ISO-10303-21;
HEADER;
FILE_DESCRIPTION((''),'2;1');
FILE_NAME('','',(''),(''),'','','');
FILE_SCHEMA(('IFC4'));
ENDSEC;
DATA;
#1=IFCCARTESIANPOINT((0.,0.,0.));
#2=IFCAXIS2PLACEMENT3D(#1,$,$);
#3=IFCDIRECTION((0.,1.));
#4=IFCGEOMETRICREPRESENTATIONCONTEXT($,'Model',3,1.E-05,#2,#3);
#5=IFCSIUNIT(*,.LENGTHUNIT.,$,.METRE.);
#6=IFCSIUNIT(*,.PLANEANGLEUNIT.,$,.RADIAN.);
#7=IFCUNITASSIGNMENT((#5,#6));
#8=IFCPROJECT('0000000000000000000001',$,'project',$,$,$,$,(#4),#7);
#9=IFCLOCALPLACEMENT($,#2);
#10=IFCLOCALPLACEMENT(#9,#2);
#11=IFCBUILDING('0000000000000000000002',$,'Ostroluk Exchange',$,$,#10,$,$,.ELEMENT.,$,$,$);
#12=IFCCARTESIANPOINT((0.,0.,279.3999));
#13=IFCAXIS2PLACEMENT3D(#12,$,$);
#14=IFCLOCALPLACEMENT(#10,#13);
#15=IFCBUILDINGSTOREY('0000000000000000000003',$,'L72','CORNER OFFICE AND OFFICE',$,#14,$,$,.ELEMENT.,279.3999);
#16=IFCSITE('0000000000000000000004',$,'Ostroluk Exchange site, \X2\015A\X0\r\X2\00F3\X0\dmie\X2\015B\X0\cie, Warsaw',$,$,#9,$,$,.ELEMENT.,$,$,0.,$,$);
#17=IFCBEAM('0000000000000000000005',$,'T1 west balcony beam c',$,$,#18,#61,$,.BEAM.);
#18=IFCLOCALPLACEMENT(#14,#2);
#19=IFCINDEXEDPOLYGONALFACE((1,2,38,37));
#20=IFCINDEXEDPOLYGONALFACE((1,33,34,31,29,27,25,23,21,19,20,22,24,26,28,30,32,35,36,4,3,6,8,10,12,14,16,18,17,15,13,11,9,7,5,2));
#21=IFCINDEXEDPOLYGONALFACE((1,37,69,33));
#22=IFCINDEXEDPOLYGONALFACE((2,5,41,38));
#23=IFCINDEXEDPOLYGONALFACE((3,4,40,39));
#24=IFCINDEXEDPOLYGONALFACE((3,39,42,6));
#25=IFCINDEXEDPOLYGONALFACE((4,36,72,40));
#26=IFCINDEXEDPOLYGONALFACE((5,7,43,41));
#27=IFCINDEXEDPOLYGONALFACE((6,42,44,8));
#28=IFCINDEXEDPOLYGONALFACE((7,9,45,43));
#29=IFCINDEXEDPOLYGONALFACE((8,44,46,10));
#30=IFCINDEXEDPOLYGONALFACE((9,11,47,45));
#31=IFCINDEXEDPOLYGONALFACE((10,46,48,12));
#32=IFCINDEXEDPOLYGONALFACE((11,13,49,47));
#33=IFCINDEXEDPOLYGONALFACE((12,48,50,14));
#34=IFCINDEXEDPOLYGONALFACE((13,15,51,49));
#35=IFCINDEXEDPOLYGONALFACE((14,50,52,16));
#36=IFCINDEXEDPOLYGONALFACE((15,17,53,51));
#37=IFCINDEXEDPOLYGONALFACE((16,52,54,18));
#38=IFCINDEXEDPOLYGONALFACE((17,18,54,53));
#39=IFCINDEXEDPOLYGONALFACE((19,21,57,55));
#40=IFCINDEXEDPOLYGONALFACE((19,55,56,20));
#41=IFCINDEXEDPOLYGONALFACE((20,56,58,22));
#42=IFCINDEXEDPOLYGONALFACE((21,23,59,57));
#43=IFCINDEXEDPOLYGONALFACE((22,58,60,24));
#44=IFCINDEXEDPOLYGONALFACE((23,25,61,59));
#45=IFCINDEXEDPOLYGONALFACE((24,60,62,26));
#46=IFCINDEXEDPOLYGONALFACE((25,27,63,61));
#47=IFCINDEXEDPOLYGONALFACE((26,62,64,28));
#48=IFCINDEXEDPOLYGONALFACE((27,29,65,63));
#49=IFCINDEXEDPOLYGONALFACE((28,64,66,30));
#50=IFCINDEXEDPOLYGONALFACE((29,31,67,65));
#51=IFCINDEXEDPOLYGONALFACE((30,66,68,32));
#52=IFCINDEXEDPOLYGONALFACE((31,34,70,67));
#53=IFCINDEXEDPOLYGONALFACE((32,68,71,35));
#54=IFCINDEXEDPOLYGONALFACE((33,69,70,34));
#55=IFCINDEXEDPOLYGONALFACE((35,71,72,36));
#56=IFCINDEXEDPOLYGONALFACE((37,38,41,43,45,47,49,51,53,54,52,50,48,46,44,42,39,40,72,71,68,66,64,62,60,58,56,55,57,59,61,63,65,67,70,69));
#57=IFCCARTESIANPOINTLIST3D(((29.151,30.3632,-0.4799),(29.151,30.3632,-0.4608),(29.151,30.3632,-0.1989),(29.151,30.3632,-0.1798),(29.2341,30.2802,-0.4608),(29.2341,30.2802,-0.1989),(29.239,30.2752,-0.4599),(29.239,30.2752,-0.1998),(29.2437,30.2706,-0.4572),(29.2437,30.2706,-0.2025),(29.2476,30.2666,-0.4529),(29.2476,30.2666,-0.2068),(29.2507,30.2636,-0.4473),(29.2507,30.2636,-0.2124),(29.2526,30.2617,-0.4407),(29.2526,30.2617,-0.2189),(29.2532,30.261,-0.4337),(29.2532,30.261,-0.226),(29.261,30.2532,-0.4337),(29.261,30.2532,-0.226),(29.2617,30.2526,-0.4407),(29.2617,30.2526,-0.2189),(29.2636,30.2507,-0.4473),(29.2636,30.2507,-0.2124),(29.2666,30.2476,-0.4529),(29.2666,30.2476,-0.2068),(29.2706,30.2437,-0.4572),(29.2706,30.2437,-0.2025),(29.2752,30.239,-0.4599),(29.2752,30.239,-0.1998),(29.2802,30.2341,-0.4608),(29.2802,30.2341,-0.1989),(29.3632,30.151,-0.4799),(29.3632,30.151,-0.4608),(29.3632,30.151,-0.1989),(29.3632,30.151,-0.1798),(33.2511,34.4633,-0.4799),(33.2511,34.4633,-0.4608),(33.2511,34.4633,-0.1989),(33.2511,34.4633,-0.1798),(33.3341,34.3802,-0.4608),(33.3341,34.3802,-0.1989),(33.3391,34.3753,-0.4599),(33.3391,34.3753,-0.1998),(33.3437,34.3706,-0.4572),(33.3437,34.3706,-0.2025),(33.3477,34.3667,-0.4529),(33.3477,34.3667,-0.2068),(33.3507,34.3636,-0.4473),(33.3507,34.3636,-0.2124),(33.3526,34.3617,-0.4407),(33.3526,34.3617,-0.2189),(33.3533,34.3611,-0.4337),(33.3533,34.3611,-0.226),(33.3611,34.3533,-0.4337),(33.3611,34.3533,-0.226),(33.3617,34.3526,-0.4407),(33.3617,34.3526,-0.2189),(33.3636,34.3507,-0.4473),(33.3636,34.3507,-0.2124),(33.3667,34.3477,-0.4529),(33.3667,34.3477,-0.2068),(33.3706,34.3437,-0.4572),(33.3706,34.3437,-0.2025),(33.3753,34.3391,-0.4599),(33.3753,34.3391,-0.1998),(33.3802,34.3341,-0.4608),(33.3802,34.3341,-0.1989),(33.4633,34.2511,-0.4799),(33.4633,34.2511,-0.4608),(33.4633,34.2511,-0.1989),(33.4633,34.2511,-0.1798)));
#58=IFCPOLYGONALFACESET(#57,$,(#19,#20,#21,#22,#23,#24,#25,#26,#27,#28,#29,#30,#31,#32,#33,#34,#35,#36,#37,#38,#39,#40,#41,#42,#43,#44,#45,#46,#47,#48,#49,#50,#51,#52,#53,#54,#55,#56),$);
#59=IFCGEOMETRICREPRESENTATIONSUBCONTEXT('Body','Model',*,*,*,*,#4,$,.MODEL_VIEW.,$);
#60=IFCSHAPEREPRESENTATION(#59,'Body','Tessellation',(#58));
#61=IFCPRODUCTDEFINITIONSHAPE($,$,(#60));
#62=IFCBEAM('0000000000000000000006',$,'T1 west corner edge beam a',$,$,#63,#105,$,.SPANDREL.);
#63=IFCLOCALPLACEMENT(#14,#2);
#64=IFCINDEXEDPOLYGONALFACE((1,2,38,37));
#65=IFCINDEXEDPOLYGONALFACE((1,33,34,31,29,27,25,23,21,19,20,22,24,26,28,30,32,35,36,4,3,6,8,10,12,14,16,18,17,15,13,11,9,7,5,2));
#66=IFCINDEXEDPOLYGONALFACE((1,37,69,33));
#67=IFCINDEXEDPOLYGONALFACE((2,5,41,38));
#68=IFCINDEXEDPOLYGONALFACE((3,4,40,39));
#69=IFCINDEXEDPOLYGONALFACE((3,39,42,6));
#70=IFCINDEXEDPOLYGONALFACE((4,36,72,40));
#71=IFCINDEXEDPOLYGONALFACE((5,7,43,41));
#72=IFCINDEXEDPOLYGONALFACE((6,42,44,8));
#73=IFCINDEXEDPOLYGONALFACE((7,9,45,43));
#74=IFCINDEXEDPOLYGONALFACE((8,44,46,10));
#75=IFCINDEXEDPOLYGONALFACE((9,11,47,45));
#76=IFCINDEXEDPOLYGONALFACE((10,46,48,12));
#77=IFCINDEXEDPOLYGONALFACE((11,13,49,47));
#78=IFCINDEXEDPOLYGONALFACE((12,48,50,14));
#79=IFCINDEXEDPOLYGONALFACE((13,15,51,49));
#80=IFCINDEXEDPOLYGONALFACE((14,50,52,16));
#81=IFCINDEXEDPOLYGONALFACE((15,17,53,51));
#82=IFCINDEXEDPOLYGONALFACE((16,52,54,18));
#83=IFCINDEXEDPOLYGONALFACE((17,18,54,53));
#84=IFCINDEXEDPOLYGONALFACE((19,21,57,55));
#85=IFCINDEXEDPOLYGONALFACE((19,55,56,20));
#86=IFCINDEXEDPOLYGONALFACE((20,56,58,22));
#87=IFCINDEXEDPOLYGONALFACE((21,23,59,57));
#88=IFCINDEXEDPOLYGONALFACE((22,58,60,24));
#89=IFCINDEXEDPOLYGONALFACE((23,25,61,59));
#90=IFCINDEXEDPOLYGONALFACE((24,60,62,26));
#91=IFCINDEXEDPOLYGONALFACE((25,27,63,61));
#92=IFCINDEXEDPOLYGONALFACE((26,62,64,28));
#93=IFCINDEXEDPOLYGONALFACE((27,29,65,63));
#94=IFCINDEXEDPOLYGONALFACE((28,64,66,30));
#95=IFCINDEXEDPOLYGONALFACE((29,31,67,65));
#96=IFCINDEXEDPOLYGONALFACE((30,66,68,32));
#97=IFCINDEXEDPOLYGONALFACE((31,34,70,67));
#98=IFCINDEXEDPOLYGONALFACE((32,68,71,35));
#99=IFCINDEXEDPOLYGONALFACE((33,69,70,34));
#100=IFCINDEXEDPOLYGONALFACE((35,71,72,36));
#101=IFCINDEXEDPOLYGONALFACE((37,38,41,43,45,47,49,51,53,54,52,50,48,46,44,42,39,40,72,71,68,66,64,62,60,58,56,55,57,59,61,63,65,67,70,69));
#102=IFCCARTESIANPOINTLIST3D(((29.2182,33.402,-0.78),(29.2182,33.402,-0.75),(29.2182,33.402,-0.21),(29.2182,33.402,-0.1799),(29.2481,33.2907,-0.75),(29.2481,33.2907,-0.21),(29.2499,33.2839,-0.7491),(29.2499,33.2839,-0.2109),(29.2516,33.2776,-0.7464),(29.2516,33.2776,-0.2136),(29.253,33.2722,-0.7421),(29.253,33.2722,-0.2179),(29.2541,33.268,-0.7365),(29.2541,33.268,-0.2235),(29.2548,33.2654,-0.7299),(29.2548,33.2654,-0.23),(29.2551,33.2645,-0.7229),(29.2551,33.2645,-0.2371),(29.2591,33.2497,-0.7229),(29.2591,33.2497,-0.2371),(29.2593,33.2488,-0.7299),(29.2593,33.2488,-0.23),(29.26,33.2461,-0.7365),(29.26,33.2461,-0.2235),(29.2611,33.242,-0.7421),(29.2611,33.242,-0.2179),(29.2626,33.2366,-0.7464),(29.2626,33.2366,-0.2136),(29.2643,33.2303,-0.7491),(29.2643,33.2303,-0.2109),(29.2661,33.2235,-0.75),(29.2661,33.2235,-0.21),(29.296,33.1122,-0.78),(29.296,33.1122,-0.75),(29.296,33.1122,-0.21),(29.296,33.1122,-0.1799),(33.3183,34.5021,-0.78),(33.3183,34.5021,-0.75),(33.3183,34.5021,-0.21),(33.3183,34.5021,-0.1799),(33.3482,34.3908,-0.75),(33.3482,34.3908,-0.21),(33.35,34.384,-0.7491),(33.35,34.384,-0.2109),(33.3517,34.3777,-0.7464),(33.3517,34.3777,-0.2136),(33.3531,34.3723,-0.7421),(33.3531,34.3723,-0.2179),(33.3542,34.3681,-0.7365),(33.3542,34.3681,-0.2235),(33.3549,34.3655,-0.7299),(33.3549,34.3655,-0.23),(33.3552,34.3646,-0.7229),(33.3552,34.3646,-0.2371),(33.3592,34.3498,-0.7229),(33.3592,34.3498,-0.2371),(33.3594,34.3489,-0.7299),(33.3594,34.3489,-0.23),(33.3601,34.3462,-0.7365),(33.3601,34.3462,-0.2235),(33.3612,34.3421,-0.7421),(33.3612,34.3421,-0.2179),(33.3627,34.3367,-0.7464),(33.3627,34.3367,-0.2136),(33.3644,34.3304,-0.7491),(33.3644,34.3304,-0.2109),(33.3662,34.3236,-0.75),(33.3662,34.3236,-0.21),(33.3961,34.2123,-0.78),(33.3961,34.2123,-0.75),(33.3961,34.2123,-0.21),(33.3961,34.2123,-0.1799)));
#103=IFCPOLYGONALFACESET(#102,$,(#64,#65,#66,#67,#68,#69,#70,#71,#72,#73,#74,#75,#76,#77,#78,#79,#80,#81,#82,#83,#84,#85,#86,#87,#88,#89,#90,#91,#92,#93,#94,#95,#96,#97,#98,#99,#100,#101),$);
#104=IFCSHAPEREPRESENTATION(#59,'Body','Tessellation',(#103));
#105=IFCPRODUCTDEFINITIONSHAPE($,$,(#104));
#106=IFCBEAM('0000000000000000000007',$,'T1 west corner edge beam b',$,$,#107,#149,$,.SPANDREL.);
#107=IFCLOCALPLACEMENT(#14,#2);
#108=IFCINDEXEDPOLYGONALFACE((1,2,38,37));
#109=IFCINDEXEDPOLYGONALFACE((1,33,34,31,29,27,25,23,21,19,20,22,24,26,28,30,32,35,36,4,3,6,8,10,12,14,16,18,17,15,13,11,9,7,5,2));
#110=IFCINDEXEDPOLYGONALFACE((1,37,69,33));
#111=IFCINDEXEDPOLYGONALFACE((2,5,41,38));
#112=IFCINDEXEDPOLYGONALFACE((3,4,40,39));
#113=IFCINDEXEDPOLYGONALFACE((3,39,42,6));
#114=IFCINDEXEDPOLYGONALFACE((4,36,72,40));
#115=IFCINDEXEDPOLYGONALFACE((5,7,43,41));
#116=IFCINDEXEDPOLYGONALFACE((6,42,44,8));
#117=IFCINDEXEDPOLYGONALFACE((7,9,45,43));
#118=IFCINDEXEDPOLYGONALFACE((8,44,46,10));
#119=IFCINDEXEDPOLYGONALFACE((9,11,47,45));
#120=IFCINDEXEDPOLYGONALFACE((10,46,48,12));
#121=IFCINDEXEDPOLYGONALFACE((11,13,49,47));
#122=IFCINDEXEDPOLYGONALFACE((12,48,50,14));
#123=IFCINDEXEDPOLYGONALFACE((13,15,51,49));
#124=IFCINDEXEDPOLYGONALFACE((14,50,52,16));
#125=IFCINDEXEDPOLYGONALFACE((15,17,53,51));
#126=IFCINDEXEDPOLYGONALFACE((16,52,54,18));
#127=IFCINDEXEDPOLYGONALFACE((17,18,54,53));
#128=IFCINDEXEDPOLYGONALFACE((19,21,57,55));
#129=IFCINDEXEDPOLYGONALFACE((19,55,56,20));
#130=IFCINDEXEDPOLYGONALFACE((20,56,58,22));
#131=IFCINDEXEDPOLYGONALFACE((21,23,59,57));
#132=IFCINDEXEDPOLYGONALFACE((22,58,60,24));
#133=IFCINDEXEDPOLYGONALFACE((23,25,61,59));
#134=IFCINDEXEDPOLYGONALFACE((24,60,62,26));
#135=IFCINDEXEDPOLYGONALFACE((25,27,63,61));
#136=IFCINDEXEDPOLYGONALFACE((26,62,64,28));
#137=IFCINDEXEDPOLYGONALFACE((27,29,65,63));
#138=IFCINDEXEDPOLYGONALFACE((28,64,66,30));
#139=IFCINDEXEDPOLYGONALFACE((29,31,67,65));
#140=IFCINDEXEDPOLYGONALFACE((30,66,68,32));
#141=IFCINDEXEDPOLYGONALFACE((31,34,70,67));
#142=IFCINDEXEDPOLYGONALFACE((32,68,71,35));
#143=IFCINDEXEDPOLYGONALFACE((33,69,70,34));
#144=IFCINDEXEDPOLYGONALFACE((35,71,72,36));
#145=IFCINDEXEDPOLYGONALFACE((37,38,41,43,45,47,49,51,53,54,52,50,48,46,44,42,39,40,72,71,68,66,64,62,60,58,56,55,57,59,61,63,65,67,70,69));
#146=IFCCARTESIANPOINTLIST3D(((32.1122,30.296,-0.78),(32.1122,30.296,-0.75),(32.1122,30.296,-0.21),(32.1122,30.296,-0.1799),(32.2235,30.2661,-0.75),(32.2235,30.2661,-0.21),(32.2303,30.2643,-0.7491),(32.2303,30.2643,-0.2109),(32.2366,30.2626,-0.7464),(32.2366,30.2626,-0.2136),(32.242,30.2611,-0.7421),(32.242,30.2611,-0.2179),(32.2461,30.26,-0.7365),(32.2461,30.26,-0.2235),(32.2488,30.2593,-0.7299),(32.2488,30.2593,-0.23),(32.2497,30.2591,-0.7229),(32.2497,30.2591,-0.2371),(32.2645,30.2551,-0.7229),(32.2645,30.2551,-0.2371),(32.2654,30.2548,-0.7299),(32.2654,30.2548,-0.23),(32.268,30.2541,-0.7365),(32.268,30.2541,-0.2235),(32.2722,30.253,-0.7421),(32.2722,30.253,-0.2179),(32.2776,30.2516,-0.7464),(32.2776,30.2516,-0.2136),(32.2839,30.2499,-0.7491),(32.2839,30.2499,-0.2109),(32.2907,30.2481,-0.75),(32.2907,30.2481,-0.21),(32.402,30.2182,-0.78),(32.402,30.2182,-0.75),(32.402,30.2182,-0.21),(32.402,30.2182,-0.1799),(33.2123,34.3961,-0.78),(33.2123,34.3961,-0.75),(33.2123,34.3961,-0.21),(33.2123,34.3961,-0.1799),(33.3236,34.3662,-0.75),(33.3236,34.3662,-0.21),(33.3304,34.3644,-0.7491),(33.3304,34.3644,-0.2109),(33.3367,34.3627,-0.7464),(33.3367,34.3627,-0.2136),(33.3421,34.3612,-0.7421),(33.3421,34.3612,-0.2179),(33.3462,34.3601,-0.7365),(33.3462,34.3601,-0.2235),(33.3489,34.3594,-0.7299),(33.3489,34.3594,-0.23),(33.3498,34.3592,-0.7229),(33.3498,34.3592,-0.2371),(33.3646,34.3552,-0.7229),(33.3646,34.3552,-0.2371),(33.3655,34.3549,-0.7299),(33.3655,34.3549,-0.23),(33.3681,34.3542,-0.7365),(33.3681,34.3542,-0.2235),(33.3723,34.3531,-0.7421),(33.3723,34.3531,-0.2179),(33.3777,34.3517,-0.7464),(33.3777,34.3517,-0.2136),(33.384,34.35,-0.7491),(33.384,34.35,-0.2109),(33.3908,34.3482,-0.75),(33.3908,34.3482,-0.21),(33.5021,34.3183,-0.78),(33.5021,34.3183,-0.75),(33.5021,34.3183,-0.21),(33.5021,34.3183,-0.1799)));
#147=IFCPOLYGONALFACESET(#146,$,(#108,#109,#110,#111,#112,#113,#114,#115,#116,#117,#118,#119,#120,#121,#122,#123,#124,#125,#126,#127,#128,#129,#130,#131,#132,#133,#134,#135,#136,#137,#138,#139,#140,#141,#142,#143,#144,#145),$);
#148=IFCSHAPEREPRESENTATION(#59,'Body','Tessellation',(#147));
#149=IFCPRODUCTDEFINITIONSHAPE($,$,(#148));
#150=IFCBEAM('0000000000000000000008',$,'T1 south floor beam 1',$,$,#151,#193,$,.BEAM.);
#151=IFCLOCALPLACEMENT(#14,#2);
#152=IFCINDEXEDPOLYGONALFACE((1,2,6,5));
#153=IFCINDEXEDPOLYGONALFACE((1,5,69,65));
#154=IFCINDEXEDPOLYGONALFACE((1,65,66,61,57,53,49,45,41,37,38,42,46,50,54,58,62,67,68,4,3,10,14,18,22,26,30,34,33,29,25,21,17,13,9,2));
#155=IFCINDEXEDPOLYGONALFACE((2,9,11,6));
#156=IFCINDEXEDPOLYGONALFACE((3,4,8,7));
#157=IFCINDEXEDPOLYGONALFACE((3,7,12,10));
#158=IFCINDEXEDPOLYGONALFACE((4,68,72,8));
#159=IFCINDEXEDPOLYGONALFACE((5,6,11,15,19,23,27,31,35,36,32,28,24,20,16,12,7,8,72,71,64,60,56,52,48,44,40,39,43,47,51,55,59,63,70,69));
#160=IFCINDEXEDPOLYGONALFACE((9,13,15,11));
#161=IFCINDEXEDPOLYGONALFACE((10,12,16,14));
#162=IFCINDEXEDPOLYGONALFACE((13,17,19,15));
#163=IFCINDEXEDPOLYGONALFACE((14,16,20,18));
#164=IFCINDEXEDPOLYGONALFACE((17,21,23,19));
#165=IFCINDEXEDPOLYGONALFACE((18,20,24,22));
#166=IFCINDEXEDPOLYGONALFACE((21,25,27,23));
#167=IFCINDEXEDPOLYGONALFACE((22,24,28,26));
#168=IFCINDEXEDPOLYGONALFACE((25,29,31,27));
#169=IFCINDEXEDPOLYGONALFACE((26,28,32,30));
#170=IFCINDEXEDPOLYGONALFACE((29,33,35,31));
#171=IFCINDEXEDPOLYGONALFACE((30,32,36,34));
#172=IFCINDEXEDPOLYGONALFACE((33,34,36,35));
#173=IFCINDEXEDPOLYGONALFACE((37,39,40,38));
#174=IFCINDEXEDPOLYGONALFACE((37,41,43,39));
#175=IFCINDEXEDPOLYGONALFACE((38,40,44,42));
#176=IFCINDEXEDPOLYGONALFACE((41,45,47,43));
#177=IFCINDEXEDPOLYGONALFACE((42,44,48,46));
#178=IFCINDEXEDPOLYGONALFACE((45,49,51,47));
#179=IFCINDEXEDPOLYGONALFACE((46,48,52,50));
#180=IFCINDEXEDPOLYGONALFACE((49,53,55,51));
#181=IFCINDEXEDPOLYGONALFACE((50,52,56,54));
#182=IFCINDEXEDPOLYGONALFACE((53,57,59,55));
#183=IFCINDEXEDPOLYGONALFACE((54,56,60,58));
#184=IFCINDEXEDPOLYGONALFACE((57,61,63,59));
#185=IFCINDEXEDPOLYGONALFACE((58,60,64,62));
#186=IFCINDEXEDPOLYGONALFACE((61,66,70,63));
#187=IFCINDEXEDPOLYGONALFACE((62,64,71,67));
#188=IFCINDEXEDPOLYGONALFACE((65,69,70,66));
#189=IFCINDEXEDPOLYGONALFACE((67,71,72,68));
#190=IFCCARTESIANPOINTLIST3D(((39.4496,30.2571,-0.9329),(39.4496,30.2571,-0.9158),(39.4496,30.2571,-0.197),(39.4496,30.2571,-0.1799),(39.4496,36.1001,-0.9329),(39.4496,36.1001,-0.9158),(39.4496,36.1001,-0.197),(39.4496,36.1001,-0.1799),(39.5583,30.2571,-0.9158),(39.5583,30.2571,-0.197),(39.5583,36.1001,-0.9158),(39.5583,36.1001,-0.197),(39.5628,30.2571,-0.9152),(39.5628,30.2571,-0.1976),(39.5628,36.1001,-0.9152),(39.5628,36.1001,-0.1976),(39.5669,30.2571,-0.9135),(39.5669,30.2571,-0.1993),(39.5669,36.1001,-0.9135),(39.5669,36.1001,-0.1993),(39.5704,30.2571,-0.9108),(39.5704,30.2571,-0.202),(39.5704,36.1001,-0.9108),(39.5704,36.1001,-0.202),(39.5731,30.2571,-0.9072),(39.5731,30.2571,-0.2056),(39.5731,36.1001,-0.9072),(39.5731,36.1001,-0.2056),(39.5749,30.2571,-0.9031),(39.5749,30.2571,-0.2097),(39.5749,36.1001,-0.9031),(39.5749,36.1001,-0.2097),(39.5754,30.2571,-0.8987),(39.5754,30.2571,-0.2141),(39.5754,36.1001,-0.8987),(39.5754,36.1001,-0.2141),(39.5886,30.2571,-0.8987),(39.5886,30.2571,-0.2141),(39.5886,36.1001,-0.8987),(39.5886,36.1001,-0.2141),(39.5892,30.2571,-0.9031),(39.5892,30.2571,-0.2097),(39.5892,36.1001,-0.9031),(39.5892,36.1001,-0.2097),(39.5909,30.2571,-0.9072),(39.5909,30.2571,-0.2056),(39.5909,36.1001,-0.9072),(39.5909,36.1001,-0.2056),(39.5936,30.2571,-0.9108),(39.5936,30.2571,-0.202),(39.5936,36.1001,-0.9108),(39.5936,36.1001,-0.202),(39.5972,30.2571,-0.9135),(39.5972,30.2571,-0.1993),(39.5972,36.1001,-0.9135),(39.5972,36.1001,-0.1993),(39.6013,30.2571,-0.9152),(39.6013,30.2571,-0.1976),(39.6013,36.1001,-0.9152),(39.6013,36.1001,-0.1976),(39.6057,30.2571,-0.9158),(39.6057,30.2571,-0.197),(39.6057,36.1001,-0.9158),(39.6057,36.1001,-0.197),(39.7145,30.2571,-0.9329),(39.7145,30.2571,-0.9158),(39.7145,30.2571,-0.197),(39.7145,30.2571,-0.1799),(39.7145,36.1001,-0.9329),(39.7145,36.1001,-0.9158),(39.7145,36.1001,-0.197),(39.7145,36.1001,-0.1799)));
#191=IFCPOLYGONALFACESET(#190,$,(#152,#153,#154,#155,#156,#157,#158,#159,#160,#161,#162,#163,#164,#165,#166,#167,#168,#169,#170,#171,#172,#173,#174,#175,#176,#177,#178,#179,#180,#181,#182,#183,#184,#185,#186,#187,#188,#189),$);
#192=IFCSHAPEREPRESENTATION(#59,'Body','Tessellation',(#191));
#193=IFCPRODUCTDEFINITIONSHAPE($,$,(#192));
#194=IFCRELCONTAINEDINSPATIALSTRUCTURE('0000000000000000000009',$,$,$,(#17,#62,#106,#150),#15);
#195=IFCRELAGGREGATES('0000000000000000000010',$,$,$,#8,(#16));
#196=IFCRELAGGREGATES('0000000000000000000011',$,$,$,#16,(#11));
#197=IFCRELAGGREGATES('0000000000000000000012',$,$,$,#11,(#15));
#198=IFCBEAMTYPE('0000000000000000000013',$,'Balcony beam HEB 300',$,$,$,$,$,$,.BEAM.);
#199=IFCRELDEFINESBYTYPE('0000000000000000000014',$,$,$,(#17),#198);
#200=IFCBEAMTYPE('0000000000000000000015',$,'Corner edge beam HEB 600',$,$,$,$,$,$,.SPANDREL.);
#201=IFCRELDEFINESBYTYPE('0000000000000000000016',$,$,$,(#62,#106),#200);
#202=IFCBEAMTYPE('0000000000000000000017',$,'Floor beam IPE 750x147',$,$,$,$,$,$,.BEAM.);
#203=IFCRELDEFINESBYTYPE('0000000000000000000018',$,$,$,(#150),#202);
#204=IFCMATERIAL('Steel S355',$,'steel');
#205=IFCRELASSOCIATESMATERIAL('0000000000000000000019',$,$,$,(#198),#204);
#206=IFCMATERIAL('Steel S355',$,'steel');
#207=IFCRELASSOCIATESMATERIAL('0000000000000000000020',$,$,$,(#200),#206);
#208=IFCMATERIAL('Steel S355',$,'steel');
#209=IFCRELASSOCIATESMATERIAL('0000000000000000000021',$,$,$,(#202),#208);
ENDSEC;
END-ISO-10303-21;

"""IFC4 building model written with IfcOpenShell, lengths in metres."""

from ifc_helpers import new_model, si_unit, direction, frame, origin, origin_2d, place, context, subcontext, project, spatial, i_section, extrude, material, material_profile, profile_set, type_object, element, save


model = new_model("IFC4")

# Units and contexts
model_context = context("Model", 3, precision=1e-05, world=origin(), true_north=direction((0.0, 1.0)))
body_context = subcontext(model_context, "Body", "Model", "MODEL_VIEW")
ifc_project = project(units=[si_unit("LENGTHUNIT", "METRE"), si_unit("PLANEANGLEUNIT", "RADIAN")], contexts=[model_context])

# Site, building, storey
site_placement = place(None, origin())
site = spatial("IfcSite", under=ifc_project, at=site_placement, Name="Ostroluk Exchange site, Śródmieście, Warsaw", CompositionType="ELEMENT", RefElevation=0.0)
building_placement = place(site_placement, origin())
building = spatial("IfcBuilding", under=site, at=building_placement, Name="Ostroluk Exchange", CompositionType="ELEMENT")
storey_placement = place(building_placement, frame((0.0, 0.0, 279.3999)))
storey = spatial("IfcBuildingStorey", under=building, at=storey_placement, Name="L72", Description="CORNER OFFICE AND OFFICE", CompositionType="ELEMENT", Elevation=279.3999)

# Beams
ifc_material_1 = material(Name="Steel S355", Category="steel")
ifc_material_profile_1 = material_profile(ifc_material_1, i_section(OverallWidth=0.3, OverallDepth=0.3, WebThickness=0.011, FlangeThickness=0.019, FilletRadius=0.0271, at=origin_2d()), Name="HEB 300")
ifc_profile_set_1 = profile_set([ifc_material_profile_1], Name="Steel S355")
beam_type_1 = type_object("IfcBeamType", Name="Balcony beam HEB 300", PredefinedType="BEAM", material=ifc_profile_set_1)
beam_1_placement = place(storey_placement, frame((33.3572, 34.3572, -0.3298), z_axis=(-0.707107, -0.707107, 0.0), x_axis=(0.707107, -0.707107, 0.0)))
element("IfcBeam", 1, at=beam_1_placement, inside=storey, type_object=beam_type_1, Name="T1 west balcony beam c", PredefinedType="BEAM", context=body_context, shape_type="SweptSolid", body=[
    extrude(i_section(OverallWidth=0.3, OverallDepth=0.3, WebThickness=0.011, FlangeThickness=0.019, FilletRadius=0.0271, at=origin_2d()), origin(), (0.0, 0.0, 1.0), 5.7983),
])
ifc_material_2 = material(Name="Steel S355", Category="steel")
ifc_material_profile_2 = material_profile(ifc_material_2, i_section(OverallWidth=0.3, OverallDepth=0.6001, WebThickness=0.0154, FlangeThickness=0.03, FilletRadius=0.0271, at=origin_2d()), Name="HEB 600")
ifc_profile_set_2 = profile_set([ifc_material_profile_2], Name="Steel S355")
beam_type_2 = type_object("IfcBeamType", Name="Corner edge beam HEB 600", PredefinedType="SPANDREL", material=ifc_profile_set_2)
for number, where, z_axis, x_axis, name in (
    (2, (33.3572, 34.3572, -0.48), (-0.965839, -0.259144, 0.0), (0.259144, -0.965839, 0.0), "T1 west corner edge beam a"),
    (3, (33.3572, 34.3572, -0.48), (-0.259144, -0.965839, 0.0), (0.965839, -0.259144, 0.0), "T1 west corner edge beam b"),
):
    element("IfcBeam", number, at=place(storey_placement, frame(where, z_axis=z_axis, x_axis=x_axis)), inside=storey, type_object=beam_type_2, Name=name, PredefinedType="SPANDREL", context=body_context, shape_type="SweptSolid", body=[
        extrude(i_section(OverallWidth=0.3, OverallDepth=0.6001, WebThickness=0.0154, FlangeThickness=0.03, FilletRadius=0.0271, at=origin_2d()), origin(), (0.0, 0.0, 1.0), 4.2451),
    ])
ifc_material_3 = material(Name="Steel S355", Category="steel")
ifc_material_profile_3 = material_profile(ifc_material_3, i_section(OverallWidth=0.2649, OverallDepth=0.7529, WebThickness=0.0132, FlangeThickness=0.0171, FilletRadius=0.0171, at=origin_2d()), Name="IPE 750x147")
ifc_profile_set_3 = profile_set([ifc_material_profile_3], Name="Steel S355")
beam_type_3 = type_object("IfcBeamType", Name="Floor beam IPE 750x147", PredefinedType="BEAM", material=ifc_profile_set_3)
beam_2_placement = place(storey_placement, frame((39.582, 36.1001, -0.5564), z_axis=(0.0, -1.0, 0.0), x_axis=(1.0, 0.0, 0.0)))
element("IfcBeam", 4, at=beam_2_placement, inside=storey, type_object=beam_type_3, Name="T1 south floor beam 1", PredefinedType="BEAM", context=body_context, shape_type="SweptSolid", body=[
    extrude(i_section(OverallWidth=0.2649, OverallDepth=0.7529, WebThickness=0.0132, FlangeThickness=0.0171, FilletRadius=0.0171, at=origin_2d()), origin(), (0.0, 0.0, 1.0), 5.843),
])

save(model, "model.ifc")
